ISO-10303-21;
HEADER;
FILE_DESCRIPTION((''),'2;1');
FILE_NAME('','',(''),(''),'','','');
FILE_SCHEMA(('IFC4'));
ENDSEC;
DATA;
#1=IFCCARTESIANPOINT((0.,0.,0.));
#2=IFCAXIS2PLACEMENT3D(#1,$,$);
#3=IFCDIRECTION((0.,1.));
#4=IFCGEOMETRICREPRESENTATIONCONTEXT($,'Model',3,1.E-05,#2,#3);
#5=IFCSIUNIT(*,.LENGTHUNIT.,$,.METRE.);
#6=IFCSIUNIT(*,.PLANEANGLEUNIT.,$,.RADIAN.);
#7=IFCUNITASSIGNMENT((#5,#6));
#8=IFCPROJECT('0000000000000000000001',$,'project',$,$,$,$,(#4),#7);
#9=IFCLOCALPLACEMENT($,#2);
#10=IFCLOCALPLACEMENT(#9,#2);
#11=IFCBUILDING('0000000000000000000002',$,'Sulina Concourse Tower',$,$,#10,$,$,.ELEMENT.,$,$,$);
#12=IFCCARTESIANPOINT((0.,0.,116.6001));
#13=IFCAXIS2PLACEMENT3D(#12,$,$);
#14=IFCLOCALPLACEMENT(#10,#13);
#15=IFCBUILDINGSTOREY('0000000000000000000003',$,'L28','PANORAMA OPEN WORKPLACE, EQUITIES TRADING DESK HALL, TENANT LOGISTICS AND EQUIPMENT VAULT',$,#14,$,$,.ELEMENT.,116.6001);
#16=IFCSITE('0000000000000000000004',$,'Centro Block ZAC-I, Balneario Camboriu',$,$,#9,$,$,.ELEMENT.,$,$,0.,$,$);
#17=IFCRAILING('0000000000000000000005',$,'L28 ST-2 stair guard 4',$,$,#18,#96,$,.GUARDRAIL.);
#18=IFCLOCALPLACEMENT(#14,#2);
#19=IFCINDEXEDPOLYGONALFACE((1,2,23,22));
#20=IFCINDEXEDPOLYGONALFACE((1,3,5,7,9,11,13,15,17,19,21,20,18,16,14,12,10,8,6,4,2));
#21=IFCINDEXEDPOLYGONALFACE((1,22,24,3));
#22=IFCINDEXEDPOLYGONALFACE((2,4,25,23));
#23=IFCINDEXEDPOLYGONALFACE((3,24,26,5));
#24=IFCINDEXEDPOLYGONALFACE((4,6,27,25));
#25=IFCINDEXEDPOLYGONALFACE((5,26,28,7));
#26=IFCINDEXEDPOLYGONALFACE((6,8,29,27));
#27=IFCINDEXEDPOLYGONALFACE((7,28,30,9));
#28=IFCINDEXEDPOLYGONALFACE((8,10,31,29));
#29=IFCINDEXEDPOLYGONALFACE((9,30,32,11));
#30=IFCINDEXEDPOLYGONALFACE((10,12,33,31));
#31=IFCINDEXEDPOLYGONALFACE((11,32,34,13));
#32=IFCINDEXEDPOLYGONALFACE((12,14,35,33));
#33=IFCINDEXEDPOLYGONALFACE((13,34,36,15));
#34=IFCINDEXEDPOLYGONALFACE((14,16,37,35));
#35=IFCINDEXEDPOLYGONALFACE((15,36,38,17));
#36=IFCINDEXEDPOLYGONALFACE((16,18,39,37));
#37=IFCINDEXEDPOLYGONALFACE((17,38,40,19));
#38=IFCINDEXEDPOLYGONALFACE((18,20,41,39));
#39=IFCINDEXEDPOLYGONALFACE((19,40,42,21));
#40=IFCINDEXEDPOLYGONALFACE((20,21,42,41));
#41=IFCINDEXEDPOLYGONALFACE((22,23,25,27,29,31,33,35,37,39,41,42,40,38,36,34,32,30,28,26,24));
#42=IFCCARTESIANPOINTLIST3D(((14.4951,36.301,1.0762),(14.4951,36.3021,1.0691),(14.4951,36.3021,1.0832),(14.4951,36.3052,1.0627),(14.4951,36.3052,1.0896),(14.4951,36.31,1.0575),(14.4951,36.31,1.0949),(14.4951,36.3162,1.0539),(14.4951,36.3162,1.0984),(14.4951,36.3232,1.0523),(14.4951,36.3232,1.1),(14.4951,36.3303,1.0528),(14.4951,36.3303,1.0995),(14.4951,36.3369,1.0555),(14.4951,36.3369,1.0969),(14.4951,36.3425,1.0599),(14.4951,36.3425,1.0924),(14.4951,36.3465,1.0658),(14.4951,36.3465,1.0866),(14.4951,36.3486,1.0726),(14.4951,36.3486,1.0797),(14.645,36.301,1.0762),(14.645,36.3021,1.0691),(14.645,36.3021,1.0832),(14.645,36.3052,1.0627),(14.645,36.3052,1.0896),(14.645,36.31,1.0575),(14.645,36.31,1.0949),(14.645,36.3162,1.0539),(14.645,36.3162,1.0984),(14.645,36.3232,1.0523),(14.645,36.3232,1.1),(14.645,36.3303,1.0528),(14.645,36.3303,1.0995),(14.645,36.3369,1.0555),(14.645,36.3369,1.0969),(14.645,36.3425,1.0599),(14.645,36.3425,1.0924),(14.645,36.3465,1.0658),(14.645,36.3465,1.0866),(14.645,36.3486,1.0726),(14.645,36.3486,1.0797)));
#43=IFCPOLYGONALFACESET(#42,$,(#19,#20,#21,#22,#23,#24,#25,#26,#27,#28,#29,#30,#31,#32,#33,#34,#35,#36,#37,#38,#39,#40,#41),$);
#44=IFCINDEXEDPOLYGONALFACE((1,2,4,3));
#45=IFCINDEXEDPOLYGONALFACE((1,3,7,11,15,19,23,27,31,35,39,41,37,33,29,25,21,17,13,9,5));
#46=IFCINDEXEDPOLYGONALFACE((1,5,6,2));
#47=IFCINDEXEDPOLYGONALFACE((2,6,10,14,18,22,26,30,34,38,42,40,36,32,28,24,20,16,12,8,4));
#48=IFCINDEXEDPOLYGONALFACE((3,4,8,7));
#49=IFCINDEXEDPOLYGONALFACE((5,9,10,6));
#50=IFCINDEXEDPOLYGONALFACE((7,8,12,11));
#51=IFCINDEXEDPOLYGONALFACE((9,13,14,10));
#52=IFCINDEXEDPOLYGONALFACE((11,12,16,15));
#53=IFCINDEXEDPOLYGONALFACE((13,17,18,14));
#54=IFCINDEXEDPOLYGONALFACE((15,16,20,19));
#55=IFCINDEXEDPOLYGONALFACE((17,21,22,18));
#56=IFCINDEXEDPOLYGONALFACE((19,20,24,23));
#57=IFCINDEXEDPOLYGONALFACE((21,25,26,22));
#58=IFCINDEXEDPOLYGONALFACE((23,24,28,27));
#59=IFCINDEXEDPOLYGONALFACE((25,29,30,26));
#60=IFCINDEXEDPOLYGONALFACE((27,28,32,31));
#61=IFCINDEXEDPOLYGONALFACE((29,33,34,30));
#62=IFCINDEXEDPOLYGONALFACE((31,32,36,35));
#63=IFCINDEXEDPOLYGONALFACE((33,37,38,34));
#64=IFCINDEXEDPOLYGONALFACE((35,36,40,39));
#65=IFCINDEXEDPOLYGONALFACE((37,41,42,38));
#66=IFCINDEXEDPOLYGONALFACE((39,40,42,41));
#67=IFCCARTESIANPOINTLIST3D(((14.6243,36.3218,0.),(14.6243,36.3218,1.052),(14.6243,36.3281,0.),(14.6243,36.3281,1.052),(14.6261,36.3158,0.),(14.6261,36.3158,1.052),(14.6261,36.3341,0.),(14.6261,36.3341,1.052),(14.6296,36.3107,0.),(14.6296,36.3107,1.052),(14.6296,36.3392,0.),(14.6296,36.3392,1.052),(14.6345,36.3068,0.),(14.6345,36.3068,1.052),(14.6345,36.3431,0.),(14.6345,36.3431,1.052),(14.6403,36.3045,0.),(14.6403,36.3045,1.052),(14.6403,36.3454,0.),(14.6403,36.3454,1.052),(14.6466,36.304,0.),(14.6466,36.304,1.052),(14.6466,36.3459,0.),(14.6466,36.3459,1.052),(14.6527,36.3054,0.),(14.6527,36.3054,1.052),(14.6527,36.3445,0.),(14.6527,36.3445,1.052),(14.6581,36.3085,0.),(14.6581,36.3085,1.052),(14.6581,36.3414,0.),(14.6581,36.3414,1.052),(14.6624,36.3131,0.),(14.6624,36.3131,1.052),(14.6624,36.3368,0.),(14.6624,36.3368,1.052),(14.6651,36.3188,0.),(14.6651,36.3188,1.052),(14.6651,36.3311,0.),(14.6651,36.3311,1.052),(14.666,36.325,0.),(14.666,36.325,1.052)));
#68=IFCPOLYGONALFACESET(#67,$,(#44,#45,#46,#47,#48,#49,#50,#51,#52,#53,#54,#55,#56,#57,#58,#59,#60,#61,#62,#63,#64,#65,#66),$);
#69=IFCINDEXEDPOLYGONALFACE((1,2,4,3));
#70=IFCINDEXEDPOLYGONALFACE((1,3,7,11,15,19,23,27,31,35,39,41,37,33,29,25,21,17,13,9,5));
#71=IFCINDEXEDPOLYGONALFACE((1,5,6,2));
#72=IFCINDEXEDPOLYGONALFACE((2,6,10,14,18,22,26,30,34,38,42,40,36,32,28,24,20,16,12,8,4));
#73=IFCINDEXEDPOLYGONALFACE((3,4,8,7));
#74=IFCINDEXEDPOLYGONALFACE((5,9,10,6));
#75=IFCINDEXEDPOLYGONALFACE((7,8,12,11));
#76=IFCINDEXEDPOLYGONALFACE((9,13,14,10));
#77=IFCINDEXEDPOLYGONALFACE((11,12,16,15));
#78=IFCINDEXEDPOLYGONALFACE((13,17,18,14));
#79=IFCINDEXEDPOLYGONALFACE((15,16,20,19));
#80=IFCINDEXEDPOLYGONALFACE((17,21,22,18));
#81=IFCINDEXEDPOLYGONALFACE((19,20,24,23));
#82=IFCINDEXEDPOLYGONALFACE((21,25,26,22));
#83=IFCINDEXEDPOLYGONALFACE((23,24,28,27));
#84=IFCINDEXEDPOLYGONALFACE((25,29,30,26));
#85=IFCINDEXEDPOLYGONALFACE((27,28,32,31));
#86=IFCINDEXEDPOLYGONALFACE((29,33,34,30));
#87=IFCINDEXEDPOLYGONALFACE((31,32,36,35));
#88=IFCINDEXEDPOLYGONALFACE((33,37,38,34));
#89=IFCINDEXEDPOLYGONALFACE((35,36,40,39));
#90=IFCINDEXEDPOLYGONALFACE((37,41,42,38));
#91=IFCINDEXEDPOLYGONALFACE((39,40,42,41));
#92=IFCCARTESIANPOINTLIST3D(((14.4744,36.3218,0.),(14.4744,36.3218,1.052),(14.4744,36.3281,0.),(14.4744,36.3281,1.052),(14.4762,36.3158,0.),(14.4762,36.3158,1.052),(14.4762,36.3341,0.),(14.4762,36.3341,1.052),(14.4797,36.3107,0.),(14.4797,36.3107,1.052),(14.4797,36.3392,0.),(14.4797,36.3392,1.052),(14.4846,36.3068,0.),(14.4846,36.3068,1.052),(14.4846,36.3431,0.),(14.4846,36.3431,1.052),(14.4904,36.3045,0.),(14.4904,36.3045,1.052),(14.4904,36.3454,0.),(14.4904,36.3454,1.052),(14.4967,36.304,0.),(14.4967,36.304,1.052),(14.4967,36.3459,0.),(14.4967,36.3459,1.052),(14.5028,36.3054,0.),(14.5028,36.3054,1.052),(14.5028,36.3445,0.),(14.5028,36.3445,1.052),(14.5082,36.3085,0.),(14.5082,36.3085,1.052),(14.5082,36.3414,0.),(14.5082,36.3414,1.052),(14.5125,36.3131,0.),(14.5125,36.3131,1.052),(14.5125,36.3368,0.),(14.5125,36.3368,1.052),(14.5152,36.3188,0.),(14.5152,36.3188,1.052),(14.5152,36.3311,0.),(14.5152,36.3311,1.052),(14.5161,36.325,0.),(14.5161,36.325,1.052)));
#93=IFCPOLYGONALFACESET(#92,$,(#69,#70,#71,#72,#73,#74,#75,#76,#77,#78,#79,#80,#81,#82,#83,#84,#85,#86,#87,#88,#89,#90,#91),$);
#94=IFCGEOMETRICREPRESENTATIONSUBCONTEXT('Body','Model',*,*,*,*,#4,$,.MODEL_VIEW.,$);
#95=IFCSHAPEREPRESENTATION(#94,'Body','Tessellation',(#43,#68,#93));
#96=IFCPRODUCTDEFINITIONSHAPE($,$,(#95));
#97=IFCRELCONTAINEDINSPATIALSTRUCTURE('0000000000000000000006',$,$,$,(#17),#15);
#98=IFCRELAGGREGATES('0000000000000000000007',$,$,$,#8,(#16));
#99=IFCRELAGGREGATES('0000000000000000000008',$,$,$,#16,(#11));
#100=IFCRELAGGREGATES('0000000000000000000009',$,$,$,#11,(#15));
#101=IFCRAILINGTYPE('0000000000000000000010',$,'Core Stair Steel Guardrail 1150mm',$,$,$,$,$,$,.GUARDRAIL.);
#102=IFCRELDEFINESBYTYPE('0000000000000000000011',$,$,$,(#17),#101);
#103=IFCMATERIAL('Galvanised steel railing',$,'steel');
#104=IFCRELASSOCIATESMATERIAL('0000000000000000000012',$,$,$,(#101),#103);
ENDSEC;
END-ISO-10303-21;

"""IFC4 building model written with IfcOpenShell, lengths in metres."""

from ifc_helpers import new_model, si_unit, direction, frame, origin, origin_2d, place, context, subcontext, project, spatial, circle, extrude, material, type_object, element, save


model = new_model("IFC4")

# Units and contexts
model_context = context("Model", 3, precision=1e-05, world=origin(), true_north=direction((0.0, 1.0)))
body_context = subcontext(model_context, "Body", "Model", "MODEL_VIEW")
ifc_project = project(units=[si_unit("LENGTHUNIT", "METRE"), si_unit("PLANEANGLEUNIT", "RADIAN")], contexts=[model_context])

# Site, building, storey
site_placement = place(None, origin())
site = spatial("IfcSite", under=ifc_project, at=site_placement, Name="Centro Block ZAC-I, Balneario Camboriu", CompositionType="ELEMENT", RefElevation=0.0)
building_placement = place(site_placement, origin())
building = spatial("IfcBuilding", under=site, at=building_placement, Name="Sulina Concourse Tower", CompositionType="ELEMENT")
storey_placement = place(building_placement, frame((0.0, 0.0, 116.6001)))
storey = spatial("IfcBuildingStorey", under=building, at=storey_placement, Name="L28", Description="PANORAMA OPEN WORKPLACE, EQUITIES TRADING DESK HALL, TENANT LOGISTICS AND EQUIPMENT VAULT", CompositionType="ELEMENT", Elevation=116.6001)

# Railing
ifc_material_1 = material(Name="Galvanised steel railing", Category="steel")
railing_type_1 = type_object("IfcRailingType", Name="Core Stair Steel Guardrail 1150mm", PredefinedType="GUARDRAIL", material=ifc_material_1)
railing_1_placement = place(storey_placement, frame((14.645, 36.325, 0.0)))
element("IfcRailing", 1, at=railing_1_placement, inside=storey, type_object=railing_type_1, Name="L28 ST-2 stair guard 4", PredefinedType="GUARDRAIL", context=body_context, shape_type="SweptSolid", body=[
    extrude(circle(Radius=0.0239, at=origin_2d()), frame((0.0, 0.0, 1.0762), z_axis=(-1.0, 0.0, 0.0), x_axis=(0.0, -1.0, 0.0)), (0.0, 0.0, 1.0), 0.1499),
    extrude(circle(Radius=0.021, at=origin_2d()), origin(), (0.0, 0.0, 1.0), 1.052),
    extrude(circle(Radius=0.021, at=origin_2d()), frame((-0.1499, 0.0, 0.0)), (0.0, 0.0, 1.0), 1.052),
])

save(model, "model.ifc")
